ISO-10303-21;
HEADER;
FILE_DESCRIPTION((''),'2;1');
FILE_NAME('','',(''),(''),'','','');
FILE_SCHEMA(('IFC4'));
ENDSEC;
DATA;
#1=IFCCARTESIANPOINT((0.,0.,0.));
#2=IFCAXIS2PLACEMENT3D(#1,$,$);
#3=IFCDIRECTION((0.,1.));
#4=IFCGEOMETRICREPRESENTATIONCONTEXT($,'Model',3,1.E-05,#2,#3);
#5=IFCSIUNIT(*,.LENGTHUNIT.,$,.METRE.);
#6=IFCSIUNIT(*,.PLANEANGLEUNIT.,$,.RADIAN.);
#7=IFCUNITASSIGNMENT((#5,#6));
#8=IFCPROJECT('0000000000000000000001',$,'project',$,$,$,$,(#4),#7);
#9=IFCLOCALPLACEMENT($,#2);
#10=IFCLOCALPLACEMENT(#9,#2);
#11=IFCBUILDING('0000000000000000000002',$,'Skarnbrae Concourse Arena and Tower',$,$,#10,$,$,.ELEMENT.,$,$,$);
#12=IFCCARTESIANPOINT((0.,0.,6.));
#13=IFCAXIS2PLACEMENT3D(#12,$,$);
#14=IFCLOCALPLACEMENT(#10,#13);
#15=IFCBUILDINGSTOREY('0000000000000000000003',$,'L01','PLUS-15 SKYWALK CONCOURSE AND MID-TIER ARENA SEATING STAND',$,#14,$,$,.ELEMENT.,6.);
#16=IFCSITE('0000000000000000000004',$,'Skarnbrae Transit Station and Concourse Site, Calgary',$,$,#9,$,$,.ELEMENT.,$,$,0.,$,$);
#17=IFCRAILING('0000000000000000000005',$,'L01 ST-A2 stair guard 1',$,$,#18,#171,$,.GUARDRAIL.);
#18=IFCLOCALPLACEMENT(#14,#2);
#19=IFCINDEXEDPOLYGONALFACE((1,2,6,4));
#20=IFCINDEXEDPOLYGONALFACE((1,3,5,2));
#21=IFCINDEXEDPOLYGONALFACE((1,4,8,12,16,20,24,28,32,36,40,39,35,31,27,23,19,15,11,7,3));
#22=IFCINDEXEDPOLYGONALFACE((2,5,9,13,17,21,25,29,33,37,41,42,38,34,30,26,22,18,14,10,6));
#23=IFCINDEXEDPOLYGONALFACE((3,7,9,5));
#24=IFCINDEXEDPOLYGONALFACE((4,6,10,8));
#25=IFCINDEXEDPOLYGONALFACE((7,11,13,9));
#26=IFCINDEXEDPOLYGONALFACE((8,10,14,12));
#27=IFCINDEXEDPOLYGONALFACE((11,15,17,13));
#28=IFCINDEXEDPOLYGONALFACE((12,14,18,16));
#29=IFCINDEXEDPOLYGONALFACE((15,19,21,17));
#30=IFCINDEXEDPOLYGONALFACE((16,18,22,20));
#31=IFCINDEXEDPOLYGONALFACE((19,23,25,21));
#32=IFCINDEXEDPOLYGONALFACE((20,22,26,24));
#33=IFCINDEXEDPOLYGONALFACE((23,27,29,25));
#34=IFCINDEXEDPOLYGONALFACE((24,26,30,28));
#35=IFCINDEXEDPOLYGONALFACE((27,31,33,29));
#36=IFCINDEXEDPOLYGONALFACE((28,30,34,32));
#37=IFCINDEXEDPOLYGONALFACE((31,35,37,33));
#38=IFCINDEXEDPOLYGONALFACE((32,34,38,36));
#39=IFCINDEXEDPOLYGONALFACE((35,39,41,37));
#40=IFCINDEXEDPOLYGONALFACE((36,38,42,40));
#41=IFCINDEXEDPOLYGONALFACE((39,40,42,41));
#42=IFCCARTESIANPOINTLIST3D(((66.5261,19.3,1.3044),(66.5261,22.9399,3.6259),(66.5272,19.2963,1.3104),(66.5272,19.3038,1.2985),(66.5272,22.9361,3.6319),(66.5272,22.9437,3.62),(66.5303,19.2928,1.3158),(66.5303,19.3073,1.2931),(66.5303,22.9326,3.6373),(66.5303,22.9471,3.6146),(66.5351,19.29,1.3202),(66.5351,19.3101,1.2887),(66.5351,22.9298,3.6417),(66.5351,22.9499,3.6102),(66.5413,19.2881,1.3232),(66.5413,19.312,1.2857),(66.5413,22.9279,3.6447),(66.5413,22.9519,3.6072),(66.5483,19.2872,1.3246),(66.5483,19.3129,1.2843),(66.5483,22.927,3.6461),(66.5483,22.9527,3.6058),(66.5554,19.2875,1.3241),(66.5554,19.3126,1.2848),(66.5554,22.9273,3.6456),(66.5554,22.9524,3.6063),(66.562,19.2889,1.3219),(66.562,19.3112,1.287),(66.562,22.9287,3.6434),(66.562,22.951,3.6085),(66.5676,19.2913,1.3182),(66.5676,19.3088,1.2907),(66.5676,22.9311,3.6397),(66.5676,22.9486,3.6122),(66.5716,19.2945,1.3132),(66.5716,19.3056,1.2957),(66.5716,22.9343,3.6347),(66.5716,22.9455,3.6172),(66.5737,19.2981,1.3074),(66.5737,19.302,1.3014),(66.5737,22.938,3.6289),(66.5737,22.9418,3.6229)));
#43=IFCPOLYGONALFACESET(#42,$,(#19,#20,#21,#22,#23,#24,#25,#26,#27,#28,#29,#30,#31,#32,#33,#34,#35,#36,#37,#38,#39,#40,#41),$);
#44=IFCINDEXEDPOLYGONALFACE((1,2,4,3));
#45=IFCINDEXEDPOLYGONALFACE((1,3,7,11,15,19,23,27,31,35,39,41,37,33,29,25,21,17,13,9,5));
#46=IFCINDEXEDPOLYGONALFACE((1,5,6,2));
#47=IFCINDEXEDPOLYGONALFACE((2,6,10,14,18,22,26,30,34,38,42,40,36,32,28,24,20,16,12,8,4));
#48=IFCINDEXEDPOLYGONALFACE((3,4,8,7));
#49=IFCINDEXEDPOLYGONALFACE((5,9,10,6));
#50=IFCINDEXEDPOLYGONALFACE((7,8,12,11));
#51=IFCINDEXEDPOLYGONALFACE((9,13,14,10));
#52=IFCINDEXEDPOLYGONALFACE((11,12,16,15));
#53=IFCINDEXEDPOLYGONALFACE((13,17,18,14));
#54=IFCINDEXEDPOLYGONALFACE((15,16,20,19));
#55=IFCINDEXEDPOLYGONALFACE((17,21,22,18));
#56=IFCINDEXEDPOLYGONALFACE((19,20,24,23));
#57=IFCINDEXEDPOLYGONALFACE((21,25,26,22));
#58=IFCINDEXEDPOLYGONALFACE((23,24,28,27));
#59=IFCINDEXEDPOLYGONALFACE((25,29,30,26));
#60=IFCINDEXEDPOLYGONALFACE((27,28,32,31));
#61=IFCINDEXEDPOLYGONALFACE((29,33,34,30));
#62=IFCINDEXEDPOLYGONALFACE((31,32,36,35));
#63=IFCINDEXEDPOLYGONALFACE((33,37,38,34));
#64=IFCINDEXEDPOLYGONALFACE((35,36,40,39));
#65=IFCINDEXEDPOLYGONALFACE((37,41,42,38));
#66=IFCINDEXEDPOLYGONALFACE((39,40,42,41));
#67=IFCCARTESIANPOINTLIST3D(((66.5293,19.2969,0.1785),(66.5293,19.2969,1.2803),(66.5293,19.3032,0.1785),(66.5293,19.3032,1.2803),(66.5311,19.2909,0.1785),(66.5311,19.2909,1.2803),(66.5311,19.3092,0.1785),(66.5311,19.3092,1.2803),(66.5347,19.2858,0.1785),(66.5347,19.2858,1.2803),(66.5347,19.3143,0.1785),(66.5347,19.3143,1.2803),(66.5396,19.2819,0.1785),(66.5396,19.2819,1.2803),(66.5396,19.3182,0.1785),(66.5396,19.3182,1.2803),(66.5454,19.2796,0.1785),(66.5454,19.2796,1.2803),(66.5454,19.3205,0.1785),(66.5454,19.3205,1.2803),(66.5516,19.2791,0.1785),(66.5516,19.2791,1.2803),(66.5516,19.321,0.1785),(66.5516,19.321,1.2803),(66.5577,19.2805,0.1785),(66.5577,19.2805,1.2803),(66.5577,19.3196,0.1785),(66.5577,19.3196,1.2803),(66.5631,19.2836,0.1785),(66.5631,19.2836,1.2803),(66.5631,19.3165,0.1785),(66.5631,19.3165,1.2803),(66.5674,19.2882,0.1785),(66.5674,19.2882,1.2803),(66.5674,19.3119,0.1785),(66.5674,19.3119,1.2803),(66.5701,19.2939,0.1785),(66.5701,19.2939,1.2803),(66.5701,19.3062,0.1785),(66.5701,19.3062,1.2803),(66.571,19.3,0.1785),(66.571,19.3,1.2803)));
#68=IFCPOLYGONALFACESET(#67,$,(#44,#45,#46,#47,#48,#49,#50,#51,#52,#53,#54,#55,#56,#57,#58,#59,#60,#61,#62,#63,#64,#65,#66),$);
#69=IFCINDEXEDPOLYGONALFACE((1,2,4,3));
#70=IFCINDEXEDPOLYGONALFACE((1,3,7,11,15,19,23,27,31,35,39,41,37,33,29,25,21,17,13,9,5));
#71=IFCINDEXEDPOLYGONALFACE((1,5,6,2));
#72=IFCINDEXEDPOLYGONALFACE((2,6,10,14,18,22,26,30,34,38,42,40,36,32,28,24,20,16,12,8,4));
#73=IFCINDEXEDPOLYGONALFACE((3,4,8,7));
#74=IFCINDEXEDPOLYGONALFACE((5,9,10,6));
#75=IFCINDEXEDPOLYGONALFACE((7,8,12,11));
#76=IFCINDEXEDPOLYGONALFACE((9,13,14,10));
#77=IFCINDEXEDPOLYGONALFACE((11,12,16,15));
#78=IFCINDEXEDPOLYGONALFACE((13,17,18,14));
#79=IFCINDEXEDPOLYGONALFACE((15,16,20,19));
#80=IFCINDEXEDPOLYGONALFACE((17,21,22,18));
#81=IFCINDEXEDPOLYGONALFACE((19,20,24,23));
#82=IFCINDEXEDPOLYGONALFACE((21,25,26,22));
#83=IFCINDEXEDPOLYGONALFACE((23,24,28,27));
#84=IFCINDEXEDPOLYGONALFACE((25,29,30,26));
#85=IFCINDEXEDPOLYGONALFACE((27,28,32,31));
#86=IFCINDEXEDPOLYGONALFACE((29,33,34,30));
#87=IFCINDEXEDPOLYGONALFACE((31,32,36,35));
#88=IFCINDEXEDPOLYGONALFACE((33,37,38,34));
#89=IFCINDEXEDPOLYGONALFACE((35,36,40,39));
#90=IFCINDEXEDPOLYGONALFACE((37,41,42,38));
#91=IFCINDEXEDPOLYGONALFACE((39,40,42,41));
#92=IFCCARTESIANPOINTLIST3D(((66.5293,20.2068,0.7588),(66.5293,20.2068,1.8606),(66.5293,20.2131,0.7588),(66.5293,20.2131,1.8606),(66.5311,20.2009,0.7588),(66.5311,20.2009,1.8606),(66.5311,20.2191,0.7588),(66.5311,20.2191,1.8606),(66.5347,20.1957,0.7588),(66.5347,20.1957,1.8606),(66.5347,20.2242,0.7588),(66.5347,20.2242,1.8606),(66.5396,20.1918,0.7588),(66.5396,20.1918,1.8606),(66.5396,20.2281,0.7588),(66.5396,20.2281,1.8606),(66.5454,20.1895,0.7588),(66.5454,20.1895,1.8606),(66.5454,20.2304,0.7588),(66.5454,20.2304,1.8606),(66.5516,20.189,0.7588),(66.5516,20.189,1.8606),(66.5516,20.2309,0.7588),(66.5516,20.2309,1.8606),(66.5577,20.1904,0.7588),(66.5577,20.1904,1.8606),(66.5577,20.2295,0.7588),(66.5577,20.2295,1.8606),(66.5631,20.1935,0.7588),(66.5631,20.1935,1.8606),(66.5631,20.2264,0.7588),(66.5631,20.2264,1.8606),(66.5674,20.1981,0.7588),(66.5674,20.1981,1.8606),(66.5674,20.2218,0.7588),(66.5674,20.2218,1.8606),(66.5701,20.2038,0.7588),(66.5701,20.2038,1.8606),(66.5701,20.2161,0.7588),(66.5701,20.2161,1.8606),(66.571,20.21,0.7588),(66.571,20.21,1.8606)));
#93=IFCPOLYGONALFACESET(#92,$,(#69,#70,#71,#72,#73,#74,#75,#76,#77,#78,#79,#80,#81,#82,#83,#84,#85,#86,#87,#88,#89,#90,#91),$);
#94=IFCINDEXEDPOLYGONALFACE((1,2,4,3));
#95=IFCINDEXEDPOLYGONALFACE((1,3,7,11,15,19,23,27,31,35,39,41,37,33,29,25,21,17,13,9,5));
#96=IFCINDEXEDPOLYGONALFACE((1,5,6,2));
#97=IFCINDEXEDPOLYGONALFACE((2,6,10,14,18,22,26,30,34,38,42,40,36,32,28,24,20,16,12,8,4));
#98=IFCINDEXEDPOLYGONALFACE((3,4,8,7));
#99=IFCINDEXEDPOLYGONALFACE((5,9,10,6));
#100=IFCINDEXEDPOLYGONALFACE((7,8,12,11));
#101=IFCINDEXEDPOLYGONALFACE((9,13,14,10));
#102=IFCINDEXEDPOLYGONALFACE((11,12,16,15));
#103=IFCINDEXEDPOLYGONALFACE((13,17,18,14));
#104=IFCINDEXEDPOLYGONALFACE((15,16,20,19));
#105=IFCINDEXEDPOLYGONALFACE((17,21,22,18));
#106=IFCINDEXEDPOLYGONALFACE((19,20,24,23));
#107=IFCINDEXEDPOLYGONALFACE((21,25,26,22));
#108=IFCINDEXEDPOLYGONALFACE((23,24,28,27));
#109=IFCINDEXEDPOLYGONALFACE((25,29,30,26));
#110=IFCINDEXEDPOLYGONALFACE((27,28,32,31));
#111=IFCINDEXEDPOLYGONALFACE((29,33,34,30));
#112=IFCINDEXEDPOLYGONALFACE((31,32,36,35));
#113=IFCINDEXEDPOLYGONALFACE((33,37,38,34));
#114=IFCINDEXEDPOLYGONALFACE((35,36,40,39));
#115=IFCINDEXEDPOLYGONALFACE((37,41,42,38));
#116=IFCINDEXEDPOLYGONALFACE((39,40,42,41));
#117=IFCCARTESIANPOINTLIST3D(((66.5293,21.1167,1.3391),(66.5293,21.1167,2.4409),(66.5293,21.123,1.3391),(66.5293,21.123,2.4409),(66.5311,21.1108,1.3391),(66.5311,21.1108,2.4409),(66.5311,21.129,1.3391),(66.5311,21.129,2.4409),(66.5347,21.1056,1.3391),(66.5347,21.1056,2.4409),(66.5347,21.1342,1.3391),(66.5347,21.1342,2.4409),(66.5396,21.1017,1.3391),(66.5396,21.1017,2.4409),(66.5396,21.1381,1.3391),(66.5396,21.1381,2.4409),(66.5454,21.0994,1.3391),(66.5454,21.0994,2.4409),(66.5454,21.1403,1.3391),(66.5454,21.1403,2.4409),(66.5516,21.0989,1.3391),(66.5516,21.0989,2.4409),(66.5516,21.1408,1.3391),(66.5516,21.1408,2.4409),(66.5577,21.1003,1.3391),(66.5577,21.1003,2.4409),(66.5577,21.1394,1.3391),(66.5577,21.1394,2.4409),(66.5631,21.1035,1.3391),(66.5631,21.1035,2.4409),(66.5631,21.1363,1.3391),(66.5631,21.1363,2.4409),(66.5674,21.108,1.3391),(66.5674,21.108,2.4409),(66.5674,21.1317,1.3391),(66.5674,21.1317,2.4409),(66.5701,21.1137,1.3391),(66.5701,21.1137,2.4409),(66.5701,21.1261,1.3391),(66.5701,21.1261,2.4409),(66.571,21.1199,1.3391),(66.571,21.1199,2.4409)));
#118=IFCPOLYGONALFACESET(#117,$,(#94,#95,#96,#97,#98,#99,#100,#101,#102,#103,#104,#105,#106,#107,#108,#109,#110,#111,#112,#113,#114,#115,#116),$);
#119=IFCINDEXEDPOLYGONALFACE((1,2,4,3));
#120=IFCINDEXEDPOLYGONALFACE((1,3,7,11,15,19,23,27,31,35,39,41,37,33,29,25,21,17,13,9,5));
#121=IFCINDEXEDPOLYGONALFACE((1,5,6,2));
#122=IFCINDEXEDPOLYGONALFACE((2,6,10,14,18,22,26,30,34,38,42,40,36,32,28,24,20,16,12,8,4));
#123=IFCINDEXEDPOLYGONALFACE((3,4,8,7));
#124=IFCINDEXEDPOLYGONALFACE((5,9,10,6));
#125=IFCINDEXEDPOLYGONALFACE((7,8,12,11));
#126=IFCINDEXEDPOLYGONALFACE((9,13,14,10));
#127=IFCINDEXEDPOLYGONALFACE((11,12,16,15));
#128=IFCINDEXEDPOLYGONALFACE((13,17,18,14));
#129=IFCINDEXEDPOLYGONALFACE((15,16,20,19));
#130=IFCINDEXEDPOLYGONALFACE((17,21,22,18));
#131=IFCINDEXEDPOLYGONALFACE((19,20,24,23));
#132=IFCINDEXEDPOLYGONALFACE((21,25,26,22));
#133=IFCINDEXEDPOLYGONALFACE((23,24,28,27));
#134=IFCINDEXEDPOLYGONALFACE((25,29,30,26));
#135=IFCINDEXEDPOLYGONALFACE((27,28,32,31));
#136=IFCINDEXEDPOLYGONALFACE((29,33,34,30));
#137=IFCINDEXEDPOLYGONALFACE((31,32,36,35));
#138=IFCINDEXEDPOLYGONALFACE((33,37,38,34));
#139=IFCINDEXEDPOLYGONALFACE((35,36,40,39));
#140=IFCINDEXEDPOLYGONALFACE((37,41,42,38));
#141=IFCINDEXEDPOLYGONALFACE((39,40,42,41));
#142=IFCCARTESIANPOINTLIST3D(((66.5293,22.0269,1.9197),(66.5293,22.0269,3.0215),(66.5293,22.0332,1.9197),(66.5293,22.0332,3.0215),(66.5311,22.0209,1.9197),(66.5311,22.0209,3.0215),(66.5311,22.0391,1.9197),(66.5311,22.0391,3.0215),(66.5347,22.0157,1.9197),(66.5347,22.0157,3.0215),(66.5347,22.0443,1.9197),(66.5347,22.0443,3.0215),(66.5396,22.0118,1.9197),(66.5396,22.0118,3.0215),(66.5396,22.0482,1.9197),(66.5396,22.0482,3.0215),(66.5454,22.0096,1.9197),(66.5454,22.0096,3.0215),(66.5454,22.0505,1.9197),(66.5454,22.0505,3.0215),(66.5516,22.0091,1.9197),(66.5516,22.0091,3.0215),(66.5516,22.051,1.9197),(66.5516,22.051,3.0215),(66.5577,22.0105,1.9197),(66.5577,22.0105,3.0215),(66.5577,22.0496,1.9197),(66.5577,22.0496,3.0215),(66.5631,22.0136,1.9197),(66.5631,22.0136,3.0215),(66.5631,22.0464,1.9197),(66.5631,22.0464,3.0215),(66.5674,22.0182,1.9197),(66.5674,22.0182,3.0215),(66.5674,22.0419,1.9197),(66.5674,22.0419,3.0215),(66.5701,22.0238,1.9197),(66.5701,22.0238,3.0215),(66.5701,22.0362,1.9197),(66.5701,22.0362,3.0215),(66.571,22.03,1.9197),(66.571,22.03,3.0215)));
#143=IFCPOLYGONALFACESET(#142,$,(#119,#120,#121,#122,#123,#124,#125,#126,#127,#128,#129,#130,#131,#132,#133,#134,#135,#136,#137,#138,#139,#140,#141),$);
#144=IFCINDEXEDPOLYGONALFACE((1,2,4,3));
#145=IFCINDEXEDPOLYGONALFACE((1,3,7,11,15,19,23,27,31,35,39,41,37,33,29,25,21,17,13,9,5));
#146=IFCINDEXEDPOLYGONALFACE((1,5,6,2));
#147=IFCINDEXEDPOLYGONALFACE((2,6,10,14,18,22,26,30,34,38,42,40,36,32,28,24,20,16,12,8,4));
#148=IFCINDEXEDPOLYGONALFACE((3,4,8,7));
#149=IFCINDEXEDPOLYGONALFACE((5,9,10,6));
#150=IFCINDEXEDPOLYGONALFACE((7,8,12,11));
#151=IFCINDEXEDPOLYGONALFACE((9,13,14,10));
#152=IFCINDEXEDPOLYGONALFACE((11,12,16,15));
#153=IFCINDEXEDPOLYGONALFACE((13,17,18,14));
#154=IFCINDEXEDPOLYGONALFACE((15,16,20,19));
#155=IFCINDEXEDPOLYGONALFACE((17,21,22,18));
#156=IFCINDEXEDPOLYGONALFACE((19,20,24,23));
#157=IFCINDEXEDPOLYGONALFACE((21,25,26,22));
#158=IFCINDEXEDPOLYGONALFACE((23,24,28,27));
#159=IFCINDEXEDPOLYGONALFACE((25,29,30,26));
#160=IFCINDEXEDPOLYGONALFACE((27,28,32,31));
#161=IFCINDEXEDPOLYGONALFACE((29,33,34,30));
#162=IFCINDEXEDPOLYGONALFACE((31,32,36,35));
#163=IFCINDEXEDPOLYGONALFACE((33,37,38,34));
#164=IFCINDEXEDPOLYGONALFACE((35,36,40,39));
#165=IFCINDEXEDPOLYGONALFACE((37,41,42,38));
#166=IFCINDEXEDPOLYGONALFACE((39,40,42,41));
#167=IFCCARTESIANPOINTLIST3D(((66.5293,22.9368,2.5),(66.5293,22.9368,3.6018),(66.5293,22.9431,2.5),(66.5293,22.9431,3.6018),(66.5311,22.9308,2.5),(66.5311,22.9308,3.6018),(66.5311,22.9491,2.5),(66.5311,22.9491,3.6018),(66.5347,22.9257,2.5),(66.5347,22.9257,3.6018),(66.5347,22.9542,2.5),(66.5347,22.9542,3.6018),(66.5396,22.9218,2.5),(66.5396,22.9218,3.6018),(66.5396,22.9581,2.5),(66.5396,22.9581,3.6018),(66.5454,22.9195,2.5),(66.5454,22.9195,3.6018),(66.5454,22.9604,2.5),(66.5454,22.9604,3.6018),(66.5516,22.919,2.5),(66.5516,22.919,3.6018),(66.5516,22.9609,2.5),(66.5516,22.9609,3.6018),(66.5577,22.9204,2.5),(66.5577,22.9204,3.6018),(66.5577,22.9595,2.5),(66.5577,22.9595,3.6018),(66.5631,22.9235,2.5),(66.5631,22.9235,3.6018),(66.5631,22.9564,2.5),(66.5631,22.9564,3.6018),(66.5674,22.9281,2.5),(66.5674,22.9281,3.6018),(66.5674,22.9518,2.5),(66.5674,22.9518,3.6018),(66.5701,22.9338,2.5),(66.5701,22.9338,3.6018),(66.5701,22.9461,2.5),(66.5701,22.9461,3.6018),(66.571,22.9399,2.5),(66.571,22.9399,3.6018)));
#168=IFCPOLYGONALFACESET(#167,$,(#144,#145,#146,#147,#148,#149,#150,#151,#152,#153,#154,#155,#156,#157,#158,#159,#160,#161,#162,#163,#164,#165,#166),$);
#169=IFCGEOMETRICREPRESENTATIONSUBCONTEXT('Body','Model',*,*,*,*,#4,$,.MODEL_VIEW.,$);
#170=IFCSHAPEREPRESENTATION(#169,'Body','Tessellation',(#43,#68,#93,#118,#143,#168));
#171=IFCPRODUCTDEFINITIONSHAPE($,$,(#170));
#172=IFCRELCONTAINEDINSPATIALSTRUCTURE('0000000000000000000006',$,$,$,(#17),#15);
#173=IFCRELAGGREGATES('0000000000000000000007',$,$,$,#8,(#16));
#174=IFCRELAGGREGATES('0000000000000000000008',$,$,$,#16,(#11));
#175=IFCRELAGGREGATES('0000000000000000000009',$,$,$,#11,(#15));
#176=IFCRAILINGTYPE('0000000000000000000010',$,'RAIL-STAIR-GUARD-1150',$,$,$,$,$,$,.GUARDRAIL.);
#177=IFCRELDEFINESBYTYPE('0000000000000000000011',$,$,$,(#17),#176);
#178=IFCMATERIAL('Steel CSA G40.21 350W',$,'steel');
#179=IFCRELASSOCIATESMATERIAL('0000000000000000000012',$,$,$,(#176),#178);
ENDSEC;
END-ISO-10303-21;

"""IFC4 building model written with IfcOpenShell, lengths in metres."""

from ifc_helpers import new_model, si_unit, direction, frame, origin, origin_2d, place, context, subcontext, project, spatial, circle, extrude, material, type_object, element, save


model = new_model("IFC4")

# Units and contexts
model_context = context("Model", 3, precision=1e-05, world=origin(), true_north=direction((0.0, 1.0)))
body_context = subcontext(model_context, "Body", "Model", "MODEL_VIEW")
ifc_project = project(units=[si_unit("LENGTHUNIT", "METRE"), si_unit("PLANEANGLEUNIT", "RADIAN")], contexts=[model_context])

# Site, building, storey
site_placement = place(None, origin())
site = spatial("IfcSite", under=ifc_project, at=site_placement, Name="Skarnbrae Transit Station and Concourse Site, Calgary", CompositionType="ELEMENT", RefElevation=0.0)
building_placement = place(site_placement, origin())
building = spatial("IfcBuilding", under=site, at=building_placement, Name="Skarnbrae Concourse Arena and Tower", CompositionType="ELEMENT")
storey_placement = place(building_placement, frame((0.0, 0.0, 6.0)))
storey = spatial("IfcBuildingStorey", under=building, at=storey_placement, Name="L01", Description="PLUS-15 SKYWALK CONCOURSE AND MID-TIER ARENA SEATING STAND", CompositionType="ELEMENT", Elevation=6.0)

# Shared definitions
ifc_material_1 = material(Name="Steel CSA G40.21 350W", Category="steel")

# Railing
railing_type_1 = type_object("IfcRailingType", Name="RAIL-STAIR-GUARD-1150", PredefinedType="GUARDRAIL", material=ifc_material_1)
railing_1_placement = place(storey_placement, frame((66.55, 19.3, 0.1785)))
element("IfcRailing", 1, at=railing_1_placement, inside=storey, type_object=railing_type_1, Name="L01 ST-A2 stair guard 1", PredefinedType="GUARDRAIL", context=body_context, shape_type="SweptSolid", body=[
    extrude(circle(Radius=0.0239, at=origin_2d()), frame((0.0, 0.0, 1.126), z_axis=(0.0, 0.843112, 0.537739), x_axis=(-1.0, 0.0, 0.0)), (0.0, 0.0, 1.0), 4.3171),
    extrude(circle(Radius=0.021, at=origin_2d()), origin(), (0.0, 0.0, 1.0), 1.1018),
    extrude(circle(Radius=0.021, at=origin_2d()), frame((0.0, 0.9099, 0.5803)), (0.0, 0.0, 1.0), 1.1018),
    extrude(circle(Radius=0.021, at=origin_2d()), frame((0.0, 1.8198, 1.1606)), (0.0, 0.0, 1.0), 1.1018),
    extrude(circle(Radius=0.021, at=origin_2d()), frame((0.0, 2.73, 1.7412)), (0.0, 0.0, 1.0), 1.1018),
    extrude(circle(Radius=0.021, at=origin_2d()), frame((0.0, 3.6399, 2.3215)), (0.0, 0.0, 1.0), 1.1018),
])

save(model, "model.ifc")
